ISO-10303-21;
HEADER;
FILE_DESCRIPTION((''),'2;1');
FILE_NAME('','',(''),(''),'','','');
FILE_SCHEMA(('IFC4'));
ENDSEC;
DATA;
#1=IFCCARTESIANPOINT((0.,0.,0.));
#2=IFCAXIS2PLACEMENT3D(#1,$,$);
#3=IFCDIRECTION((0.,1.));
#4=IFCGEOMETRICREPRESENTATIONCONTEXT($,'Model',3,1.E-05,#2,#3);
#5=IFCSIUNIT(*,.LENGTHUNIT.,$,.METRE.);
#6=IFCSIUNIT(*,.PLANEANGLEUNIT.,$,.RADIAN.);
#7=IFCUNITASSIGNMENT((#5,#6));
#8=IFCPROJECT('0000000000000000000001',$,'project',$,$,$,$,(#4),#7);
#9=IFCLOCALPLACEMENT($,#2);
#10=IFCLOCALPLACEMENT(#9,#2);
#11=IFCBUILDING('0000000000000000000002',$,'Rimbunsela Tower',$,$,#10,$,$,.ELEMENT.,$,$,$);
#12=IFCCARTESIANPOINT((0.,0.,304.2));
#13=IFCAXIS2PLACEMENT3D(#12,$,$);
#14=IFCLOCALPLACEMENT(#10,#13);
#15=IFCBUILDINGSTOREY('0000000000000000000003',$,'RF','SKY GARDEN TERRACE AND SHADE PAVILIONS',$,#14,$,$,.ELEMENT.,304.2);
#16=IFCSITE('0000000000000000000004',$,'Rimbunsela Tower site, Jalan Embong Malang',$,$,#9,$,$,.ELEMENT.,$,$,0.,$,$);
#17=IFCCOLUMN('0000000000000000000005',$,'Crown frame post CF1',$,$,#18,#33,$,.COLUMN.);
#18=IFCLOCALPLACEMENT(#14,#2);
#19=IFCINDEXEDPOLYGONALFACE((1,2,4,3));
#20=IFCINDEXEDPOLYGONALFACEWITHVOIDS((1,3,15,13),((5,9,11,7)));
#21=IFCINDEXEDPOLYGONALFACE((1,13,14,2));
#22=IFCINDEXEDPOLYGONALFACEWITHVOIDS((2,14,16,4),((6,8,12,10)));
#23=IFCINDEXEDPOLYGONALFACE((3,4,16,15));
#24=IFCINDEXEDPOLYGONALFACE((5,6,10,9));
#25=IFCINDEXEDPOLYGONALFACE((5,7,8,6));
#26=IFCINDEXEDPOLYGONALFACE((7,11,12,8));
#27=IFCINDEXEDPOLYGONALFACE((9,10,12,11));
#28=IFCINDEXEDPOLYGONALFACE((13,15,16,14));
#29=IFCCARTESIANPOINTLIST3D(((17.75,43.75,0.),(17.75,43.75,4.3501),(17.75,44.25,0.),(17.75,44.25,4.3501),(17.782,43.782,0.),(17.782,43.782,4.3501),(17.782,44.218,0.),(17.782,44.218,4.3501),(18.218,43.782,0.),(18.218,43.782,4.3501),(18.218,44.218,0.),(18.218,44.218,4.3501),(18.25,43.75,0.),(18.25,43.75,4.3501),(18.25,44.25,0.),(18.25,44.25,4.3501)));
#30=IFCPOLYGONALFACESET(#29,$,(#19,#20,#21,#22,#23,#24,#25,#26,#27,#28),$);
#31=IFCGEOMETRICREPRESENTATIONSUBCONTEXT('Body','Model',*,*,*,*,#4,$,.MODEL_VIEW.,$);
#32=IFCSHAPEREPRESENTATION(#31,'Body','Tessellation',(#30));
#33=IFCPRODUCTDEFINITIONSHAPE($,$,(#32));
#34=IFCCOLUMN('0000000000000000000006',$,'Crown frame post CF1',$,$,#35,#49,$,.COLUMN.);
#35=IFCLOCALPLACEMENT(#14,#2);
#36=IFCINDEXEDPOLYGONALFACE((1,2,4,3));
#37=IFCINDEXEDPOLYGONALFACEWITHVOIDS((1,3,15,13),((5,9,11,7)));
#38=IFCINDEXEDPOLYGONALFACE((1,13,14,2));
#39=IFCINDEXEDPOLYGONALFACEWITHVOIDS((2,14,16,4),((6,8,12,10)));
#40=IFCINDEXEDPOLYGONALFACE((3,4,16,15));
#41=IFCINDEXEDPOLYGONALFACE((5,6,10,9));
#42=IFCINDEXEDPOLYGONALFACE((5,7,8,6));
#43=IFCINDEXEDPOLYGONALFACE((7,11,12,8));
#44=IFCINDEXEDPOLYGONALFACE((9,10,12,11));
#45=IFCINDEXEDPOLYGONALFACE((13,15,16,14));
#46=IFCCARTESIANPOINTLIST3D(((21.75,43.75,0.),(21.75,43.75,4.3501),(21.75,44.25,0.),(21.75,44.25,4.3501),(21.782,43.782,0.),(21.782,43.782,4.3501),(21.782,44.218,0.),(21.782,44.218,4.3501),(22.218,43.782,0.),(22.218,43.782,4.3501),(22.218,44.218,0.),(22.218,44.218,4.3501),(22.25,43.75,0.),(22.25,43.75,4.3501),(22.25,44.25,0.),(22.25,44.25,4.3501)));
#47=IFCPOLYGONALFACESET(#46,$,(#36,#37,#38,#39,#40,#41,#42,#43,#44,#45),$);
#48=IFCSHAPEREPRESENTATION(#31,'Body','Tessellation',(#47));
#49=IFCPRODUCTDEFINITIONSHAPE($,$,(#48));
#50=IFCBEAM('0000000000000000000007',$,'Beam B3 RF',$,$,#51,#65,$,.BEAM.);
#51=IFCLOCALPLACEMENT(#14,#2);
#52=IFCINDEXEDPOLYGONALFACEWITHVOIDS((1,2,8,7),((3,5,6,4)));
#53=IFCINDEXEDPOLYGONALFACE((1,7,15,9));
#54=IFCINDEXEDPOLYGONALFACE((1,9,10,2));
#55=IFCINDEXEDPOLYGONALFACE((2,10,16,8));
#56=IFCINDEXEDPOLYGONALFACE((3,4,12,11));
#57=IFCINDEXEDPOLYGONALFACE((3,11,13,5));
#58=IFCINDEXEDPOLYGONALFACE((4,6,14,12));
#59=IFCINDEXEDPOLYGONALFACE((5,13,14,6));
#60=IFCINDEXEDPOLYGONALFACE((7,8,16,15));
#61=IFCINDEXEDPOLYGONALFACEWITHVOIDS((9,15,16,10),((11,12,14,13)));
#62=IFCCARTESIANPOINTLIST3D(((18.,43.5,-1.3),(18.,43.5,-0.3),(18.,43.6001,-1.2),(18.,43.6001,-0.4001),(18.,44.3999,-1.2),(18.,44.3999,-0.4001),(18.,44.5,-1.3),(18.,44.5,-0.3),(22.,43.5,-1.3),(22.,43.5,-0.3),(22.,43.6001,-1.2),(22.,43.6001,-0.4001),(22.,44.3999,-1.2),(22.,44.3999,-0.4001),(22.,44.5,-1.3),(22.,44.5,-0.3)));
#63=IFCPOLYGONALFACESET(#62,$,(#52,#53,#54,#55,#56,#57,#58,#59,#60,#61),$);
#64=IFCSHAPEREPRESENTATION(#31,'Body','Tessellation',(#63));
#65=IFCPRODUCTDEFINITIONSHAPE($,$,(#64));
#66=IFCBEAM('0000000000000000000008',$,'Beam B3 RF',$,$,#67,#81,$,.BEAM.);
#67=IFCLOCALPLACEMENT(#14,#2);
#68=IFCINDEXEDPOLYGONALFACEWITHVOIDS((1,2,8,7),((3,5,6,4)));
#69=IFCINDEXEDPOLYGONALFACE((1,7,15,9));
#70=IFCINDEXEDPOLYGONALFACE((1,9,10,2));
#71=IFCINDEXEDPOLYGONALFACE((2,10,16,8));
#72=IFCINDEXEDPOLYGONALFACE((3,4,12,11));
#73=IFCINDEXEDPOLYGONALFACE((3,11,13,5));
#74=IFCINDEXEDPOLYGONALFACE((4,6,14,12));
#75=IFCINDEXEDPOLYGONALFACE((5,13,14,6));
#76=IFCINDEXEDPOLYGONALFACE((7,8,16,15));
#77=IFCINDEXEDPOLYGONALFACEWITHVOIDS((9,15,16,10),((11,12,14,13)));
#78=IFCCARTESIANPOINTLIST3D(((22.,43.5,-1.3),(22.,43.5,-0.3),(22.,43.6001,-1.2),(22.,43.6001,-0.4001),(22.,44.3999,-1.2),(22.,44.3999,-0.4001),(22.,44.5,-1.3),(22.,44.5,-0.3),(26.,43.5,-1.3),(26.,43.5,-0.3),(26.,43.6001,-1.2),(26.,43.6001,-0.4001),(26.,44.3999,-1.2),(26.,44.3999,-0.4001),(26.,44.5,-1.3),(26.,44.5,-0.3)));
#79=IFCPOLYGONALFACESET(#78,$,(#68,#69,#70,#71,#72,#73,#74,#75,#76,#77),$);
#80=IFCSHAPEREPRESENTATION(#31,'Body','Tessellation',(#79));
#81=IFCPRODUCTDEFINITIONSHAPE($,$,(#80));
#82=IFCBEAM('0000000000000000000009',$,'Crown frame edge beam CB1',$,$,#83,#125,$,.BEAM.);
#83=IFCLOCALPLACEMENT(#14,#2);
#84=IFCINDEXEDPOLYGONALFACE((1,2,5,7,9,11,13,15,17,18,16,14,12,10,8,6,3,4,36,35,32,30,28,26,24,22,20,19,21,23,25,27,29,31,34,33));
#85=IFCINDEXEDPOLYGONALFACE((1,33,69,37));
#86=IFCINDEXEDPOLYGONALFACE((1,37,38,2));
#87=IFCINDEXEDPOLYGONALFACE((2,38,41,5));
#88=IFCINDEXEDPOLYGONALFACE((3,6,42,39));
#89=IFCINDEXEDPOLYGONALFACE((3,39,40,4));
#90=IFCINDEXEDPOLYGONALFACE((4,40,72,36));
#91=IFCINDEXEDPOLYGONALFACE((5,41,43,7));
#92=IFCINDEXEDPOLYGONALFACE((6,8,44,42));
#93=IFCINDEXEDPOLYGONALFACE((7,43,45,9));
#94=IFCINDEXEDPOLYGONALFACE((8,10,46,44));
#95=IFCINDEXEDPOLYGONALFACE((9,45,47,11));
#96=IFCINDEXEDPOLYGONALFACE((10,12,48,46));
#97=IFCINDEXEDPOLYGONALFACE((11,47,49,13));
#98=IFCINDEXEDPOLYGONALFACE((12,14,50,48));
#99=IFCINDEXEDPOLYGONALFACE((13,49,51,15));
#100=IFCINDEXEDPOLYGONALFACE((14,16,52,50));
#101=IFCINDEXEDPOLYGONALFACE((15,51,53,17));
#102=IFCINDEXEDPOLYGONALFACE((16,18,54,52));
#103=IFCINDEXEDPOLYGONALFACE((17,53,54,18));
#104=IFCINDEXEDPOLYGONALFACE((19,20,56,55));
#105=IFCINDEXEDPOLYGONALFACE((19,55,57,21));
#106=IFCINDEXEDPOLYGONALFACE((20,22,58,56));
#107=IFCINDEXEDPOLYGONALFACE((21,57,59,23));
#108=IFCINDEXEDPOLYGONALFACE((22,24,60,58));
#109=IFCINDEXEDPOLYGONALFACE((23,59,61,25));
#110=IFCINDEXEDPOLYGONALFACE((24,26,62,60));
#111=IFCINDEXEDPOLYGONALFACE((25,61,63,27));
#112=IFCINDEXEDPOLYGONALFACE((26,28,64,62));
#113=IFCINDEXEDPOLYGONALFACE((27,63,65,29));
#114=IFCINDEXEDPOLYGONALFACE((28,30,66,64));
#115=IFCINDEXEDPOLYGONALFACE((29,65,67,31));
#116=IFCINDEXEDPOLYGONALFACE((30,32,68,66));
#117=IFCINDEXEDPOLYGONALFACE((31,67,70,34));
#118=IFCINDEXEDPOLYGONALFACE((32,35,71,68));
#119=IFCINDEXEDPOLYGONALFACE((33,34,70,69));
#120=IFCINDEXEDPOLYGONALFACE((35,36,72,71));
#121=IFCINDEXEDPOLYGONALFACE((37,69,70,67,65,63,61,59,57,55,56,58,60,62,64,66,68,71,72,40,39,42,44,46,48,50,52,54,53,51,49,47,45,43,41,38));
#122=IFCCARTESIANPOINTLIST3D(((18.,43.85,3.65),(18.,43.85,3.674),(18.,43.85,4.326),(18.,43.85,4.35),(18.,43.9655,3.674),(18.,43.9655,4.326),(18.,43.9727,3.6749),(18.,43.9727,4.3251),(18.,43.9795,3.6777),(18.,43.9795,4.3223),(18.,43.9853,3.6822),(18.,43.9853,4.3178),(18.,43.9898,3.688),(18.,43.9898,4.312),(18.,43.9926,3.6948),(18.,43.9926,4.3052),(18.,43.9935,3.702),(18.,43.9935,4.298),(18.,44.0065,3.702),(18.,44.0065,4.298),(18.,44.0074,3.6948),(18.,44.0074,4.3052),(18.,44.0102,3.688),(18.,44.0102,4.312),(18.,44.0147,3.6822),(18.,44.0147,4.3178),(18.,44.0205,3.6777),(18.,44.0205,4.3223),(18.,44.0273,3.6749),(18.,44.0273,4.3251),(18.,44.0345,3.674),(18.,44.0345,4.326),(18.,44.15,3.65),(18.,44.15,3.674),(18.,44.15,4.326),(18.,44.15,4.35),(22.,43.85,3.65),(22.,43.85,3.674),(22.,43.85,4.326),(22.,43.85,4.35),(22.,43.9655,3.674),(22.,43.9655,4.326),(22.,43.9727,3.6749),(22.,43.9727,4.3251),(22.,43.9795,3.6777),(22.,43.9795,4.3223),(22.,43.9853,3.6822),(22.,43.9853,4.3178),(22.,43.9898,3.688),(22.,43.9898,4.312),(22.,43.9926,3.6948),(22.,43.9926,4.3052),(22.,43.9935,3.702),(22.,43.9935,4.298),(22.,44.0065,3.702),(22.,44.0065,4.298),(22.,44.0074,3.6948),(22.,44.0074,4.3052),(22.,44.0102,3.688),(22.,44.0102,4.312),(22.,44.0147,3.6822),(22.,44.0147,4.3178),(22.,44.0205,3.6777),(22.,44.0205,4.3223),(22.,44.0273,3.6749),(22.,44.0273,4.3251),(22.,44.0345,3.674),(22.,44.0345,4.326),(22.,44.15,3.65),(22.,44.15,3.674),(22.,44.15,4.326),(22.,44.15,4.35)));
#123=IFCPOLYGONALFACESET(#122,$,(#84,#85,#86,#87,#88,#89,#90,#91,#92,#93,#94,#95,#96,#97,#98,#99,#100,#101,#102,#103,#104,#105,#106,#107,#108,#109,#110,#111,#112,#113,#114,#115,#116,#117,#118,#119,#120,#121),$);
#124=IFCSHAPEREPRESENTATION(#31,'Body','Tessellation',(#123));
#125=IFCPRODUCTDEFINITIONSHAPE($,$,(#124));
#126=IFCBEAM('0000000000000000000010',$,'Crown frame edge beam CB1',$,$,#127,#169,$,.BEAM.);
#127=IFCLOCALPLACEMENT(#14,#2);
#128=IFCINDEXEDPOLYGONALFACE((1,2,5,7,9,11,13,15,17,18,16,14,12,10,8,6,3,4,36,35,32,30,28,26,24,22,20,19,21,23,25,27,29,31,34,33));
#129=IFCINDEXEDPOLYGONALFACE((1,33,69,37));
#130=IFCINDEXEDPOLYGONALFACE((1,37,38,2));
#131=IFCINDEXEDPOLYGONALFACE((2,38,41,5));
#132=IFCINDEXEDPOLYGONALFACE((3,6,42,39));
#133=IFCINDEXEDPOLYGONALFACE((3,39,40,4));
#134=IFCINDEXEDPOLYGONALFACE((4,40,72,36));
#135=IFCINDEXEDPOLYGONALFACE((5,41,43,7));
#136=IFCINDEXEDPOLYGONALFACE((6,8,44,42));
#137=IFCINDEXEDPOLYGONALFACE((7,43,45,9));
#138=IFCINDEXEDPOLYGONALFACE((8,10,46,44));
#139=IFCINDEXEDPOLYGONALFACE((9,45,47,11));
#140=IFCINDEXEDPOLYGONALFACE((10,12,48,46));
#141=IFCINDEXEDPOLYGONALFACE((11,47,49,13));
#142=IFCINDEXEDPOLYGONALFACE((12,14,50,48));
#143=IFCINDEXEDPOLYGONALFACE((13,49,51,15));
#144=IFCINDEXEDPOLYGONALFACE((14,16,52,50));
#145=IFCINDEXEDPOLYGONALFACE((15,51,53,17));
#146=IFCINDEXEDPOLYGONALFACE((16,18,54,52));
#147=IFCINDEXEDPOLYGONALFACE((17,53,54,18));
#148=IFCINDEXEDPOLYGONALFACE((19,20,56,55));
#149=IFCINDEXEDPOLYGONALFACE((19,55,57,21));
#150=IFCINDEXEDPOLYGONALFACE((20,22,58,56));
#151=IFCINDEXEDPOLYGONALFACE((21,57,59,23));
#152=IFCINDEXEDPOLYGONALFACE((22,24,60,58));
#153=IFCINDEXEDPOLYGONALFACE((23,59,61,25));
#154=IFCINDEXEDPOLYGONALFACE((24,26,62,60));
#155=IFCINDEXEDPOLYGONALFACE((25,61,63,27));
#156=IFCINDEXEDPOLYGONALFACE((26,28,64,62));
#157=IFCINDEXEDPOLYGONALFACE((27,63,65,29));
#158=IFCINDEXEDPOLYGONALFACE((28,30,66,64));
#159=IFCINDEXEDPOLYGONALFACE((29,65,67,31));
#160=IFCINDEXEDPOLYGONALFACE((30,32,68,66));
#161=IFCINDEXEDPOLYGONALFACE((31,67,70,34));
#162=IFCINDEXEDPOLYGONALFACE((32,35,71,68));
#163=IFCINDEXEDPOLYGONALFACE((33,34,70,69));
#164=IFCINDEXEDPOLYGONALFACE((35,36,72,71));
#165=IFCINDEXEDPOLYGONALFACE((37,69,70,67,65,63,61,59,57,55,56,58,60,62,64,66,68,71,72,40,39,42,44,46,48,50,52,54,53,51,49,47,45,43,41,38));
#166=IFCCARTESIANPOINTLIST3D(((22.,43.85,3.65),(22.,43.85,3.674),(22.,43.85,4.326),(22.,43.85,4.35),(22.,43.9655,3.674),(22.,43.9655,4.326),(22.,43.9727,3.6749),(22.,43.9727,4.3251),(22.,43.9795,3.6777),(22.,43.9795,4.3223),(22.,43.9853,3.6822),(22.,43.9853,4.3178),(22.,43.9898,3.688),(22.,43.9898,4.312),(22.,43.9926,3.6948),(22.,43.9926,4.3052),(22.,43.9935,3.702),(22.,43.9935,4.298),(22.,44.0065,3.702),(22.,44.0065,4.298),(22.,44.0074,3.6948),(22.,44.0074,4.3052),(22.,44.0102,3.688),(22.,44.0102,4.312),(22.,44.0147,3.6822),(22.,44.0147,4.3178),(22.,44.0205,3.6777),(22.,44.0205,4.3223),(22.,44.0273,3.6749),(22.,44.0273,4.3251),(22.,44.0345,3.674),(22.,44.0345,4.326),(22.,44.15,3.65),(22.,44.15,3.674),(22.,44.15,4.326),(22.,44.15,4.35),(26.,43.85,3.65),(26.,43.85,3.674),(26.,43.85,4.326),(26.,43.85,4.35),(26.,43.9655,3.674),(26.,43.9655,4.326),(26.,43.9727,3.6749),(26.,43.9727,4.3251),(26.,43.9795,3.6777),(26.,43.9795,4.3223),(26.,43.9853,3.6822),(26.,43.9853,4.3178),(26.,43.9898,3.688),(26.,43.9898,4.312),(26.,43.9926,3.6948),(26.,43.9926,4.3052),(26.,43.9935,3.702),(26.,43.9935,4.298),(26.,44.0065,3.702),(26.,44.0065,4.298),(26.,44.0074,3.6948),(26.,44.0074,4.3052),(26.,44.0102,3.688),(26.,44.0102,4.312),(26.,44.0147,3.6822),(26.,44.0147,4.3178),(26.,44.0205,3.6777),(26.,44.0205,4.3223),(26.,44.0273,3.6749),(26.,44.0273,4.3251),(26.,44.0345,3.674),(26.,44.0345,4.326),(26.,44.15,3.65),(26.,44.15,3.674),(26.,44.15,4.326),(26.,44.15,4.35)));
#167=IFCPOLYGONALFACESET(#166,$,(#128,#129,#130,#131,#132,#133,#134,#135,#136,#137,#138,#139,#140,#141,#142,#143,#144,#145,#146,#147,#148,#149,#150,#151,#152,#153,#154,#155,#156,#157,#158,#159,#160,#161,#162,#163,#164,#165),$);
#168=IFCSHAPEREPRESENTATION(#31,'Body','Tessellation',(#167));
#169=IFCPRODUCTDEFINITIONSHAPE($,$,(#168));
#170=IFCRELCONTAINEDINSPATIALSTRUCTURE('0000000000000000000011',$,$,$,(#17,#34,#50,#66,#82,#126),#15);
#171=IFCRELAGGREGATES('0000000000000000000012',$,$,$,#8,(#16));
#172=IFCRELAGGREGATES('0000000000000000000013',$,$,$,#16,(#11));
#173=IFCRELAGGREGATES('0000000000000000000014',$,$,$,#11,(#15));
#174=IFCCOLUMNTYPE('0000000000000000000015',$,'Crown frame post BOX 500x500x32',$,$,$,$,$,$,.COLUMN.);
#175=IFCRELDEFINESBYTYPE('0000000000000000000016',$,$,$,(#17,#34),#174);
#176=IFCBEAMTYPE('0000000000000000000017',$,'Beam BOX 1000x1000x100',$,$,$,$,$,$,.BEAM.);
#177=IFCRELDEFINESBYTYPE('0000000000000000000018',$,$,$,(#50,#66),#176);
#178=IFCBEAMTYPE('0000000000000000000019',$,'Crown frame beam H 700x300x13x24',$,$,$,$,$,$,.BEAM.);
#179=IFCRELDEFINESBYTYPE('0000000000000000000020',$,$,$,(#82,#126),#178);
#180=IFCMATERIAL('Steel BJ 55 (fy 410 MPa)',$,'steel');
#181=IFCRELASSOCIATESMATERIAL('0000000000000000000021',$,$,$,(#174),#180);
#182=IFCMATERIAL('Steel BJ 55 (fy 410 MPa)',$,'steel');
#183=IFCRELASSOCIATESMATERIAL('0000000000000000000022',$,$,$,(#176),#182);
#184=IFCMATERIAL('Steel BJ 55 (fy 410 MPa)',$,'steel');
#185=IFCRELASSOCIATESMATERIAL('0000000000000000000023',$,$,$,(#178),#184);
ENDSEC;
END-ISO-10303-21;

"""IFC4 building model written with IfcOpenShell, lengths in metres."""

from ifc_helpers import new_model, si_unit, direction, frame, origin, origin_2d, place, context, subcontext, project, spatial, hollow_rectangle, i_section, extrude, material, material_profile, profile_set, type_object, element, save


model = new_model("IFC4")

# Units and contexts
model_context = context("Model", 3, precision=1e-05, world=origin(), true_north=direction((0.0, 1.0)))
body_context = subcontext(model_context, "Body", "Model", "MODEL_VIEW")
ifc_project = project(units=[si_unit("LENGTHUNIT", "METRE"), si_unit("PLANEANGLEUNIT", "RADIAN")], contexts=[model_context])

# Site, building, storey
site_placement = place(None, origin())
site = spatial("IfcSite", under=ifc_project, at=site_placement, Name="Rimbunsela Tower site, Jalan Embong Malang", CompositionType="ELEMENT", RefElevation=0.0)
building_placement = place(site_placement, origin())
building = spatial("IfcBuilding", under=site, at=building_placement, Name="Rimbunsela Tower", CompositionType="ELEMENT")
storey_placement = place(building_placement, frame((0.0, 0.0, 304.2)))
storey = spatial("IfcBuildingStorey", under=building, at=storey_placement, Name="RF", Description="SKY GARDEN TERRACE AND SHADE PAVILIONS", CompositionType="ELEMENT", Elevation=304.2)

# Columns
ifc_material_1 = material(Name="Steel BJ 55 (fy 410 MPa)", Category="steel")
ifc_material_profile_1 = material_profile(ifc_material_1, hollow_rectangle(XDim=0.5, YDim=0.5, WallThickness=0.032, at=origin_2d()), Name="BOX 500x500x32")
ifc_profile_set_1 = profile_set([ifc_material_profile_1], Name="Steel BJ 55 (fy 410 MPa)")
column_type = type_object("IfcColumnType", Name="Crown frame post BOX 500x500x32", PredefinedType="COLUMN", material=ifc_profile_set_1)
for number, where, z_axis, x_axis, name in (
    (1, (18.0, 44.0, 0.0), (0.0, 0.0, 1.0), (1.0, 0.0, 0.0), "Crown frame post CF1"),
    (2, (22.0, 44.0, 0.0), (0.0, 0.0, 1.0), (1.0, 0.0, 0.0), "Crown frame post CF1"),
):
    element("IfcColumn", number, at=place(storey_placement, frame(where, z_axis=z_axis, x_axis=x_axis)), inside=storey, type_object=column_type, Name=name, PredefinedType="COLUMN", context=body_context, shape_type="SweptSolid", body=[
        extrude(hollow_rectangle(XDim=0.5, YDim=0.5, WallThickness=0.032, at=origin_2d()), origin(), (0.0, 0.0, 1.0), 4.3501),
    ])

# Beams
ifc_material_2 = material(Name="Steel BJ 55 (fy 410 MPa)", Category="steel")
ifc_material_profile_2 = material_profile(ifc_material_2, hollow_rectangle(XDim=1.0, YDim=1.0, WallThickness=0.1001, at=origin_2d()), Name="BOX 1000x1000x100")
ifc_profile_set_2 = profile_set([ifc_material_profile_2], Name="Steel BJ 55 (fy 410 MPa)")
beam_type_1 = type_object("IfcBeamType", Name="Beam BOX 1000x1000x100", PredefinedType="BEAM", material=ifc_profile_set_2)
for number, where, z_axis, x_axis, name in (
    (3, (18.0, 44.0, -0.8), (1.0, 0.0, 0.0), (0.0, 1.0, 0.0), "Beam B3 RF"),
    (4, (22.0, 44.0, -0.8), (1.0, 0.0, 0.0), (0.0, 1.0, 0.0), "Beam B3 RF"),
):
    element("IfcBeam", number, at=place(storey_placement, frame(where, z_axis=z_axis, x_axis=x_axis)), inside=storey, type_object=beam_type_1, Name=name, PredefinedType="BEAM", context=body_context, shape_type="SweptSolid", body=[
        extrude(hollow_rectangle(XDim=1.0, YDim=1.0, WallThickness=0.1001, at=origin_2d()), origin(), (0.0, 0.0, 1.0), 4.0),
    ])
ifc_material_3 = material(Name="Steel BJ 55 (fy 410 MPa)", Category="steel")
ifc_material_profile_3 = material_profile(ifc_material_3, i_section(OverallWidth=0.3, OverallDepth=0.7, WebThickness=0.0129, FlangeThickness=0.0239, FilletRadius=0.0281, at=origin_2d()), Name="H 700x300x13x24")
ifc_profile_set_3 = profile_set([ifc_material_profile_3], Name="Steel BJ 55 (fy 410 MPa)")
beam_type_2 = type_object("IfcBeamType", Name="Crown frame beam H 700x300x13x24", PredefinedType="BEAM", material=ifc_profile_set_3)
for number, where, z_axis, x_axis, name in (
    (5, (18.0, 44.0, 4.0), (1.0, 0.0, 0.0), (0.0, 1.0, 0.0), "Crown frame edge beam CB1"),
    (6, (22.0, 44.0, 4.0), (1.0, 0.0, 0.0), (0.0, 1.0, 0.0), "Crown frame edge beam CB1"),
):
    element("IfcBeam", number, at=place(storey_placement, frame(where, z_axis=z_axis, x_axis=x_axis)), inside=storey, type_object=beam_type_2, Name=name, PredefinedType="BEAM", context=body_context, shape_type="SweptSolid", body=[
        extrude(i_section(OverallWidth=0.3, OverallDepth=0.7, WebThickness=0.0129, FlangeThickness=0.0239, FilletRadius=0.0281, at=origin_2d()), origin(), (0.0, 0.0, 1.0), 4.0),
    ])

save(model, "model.ifc")
